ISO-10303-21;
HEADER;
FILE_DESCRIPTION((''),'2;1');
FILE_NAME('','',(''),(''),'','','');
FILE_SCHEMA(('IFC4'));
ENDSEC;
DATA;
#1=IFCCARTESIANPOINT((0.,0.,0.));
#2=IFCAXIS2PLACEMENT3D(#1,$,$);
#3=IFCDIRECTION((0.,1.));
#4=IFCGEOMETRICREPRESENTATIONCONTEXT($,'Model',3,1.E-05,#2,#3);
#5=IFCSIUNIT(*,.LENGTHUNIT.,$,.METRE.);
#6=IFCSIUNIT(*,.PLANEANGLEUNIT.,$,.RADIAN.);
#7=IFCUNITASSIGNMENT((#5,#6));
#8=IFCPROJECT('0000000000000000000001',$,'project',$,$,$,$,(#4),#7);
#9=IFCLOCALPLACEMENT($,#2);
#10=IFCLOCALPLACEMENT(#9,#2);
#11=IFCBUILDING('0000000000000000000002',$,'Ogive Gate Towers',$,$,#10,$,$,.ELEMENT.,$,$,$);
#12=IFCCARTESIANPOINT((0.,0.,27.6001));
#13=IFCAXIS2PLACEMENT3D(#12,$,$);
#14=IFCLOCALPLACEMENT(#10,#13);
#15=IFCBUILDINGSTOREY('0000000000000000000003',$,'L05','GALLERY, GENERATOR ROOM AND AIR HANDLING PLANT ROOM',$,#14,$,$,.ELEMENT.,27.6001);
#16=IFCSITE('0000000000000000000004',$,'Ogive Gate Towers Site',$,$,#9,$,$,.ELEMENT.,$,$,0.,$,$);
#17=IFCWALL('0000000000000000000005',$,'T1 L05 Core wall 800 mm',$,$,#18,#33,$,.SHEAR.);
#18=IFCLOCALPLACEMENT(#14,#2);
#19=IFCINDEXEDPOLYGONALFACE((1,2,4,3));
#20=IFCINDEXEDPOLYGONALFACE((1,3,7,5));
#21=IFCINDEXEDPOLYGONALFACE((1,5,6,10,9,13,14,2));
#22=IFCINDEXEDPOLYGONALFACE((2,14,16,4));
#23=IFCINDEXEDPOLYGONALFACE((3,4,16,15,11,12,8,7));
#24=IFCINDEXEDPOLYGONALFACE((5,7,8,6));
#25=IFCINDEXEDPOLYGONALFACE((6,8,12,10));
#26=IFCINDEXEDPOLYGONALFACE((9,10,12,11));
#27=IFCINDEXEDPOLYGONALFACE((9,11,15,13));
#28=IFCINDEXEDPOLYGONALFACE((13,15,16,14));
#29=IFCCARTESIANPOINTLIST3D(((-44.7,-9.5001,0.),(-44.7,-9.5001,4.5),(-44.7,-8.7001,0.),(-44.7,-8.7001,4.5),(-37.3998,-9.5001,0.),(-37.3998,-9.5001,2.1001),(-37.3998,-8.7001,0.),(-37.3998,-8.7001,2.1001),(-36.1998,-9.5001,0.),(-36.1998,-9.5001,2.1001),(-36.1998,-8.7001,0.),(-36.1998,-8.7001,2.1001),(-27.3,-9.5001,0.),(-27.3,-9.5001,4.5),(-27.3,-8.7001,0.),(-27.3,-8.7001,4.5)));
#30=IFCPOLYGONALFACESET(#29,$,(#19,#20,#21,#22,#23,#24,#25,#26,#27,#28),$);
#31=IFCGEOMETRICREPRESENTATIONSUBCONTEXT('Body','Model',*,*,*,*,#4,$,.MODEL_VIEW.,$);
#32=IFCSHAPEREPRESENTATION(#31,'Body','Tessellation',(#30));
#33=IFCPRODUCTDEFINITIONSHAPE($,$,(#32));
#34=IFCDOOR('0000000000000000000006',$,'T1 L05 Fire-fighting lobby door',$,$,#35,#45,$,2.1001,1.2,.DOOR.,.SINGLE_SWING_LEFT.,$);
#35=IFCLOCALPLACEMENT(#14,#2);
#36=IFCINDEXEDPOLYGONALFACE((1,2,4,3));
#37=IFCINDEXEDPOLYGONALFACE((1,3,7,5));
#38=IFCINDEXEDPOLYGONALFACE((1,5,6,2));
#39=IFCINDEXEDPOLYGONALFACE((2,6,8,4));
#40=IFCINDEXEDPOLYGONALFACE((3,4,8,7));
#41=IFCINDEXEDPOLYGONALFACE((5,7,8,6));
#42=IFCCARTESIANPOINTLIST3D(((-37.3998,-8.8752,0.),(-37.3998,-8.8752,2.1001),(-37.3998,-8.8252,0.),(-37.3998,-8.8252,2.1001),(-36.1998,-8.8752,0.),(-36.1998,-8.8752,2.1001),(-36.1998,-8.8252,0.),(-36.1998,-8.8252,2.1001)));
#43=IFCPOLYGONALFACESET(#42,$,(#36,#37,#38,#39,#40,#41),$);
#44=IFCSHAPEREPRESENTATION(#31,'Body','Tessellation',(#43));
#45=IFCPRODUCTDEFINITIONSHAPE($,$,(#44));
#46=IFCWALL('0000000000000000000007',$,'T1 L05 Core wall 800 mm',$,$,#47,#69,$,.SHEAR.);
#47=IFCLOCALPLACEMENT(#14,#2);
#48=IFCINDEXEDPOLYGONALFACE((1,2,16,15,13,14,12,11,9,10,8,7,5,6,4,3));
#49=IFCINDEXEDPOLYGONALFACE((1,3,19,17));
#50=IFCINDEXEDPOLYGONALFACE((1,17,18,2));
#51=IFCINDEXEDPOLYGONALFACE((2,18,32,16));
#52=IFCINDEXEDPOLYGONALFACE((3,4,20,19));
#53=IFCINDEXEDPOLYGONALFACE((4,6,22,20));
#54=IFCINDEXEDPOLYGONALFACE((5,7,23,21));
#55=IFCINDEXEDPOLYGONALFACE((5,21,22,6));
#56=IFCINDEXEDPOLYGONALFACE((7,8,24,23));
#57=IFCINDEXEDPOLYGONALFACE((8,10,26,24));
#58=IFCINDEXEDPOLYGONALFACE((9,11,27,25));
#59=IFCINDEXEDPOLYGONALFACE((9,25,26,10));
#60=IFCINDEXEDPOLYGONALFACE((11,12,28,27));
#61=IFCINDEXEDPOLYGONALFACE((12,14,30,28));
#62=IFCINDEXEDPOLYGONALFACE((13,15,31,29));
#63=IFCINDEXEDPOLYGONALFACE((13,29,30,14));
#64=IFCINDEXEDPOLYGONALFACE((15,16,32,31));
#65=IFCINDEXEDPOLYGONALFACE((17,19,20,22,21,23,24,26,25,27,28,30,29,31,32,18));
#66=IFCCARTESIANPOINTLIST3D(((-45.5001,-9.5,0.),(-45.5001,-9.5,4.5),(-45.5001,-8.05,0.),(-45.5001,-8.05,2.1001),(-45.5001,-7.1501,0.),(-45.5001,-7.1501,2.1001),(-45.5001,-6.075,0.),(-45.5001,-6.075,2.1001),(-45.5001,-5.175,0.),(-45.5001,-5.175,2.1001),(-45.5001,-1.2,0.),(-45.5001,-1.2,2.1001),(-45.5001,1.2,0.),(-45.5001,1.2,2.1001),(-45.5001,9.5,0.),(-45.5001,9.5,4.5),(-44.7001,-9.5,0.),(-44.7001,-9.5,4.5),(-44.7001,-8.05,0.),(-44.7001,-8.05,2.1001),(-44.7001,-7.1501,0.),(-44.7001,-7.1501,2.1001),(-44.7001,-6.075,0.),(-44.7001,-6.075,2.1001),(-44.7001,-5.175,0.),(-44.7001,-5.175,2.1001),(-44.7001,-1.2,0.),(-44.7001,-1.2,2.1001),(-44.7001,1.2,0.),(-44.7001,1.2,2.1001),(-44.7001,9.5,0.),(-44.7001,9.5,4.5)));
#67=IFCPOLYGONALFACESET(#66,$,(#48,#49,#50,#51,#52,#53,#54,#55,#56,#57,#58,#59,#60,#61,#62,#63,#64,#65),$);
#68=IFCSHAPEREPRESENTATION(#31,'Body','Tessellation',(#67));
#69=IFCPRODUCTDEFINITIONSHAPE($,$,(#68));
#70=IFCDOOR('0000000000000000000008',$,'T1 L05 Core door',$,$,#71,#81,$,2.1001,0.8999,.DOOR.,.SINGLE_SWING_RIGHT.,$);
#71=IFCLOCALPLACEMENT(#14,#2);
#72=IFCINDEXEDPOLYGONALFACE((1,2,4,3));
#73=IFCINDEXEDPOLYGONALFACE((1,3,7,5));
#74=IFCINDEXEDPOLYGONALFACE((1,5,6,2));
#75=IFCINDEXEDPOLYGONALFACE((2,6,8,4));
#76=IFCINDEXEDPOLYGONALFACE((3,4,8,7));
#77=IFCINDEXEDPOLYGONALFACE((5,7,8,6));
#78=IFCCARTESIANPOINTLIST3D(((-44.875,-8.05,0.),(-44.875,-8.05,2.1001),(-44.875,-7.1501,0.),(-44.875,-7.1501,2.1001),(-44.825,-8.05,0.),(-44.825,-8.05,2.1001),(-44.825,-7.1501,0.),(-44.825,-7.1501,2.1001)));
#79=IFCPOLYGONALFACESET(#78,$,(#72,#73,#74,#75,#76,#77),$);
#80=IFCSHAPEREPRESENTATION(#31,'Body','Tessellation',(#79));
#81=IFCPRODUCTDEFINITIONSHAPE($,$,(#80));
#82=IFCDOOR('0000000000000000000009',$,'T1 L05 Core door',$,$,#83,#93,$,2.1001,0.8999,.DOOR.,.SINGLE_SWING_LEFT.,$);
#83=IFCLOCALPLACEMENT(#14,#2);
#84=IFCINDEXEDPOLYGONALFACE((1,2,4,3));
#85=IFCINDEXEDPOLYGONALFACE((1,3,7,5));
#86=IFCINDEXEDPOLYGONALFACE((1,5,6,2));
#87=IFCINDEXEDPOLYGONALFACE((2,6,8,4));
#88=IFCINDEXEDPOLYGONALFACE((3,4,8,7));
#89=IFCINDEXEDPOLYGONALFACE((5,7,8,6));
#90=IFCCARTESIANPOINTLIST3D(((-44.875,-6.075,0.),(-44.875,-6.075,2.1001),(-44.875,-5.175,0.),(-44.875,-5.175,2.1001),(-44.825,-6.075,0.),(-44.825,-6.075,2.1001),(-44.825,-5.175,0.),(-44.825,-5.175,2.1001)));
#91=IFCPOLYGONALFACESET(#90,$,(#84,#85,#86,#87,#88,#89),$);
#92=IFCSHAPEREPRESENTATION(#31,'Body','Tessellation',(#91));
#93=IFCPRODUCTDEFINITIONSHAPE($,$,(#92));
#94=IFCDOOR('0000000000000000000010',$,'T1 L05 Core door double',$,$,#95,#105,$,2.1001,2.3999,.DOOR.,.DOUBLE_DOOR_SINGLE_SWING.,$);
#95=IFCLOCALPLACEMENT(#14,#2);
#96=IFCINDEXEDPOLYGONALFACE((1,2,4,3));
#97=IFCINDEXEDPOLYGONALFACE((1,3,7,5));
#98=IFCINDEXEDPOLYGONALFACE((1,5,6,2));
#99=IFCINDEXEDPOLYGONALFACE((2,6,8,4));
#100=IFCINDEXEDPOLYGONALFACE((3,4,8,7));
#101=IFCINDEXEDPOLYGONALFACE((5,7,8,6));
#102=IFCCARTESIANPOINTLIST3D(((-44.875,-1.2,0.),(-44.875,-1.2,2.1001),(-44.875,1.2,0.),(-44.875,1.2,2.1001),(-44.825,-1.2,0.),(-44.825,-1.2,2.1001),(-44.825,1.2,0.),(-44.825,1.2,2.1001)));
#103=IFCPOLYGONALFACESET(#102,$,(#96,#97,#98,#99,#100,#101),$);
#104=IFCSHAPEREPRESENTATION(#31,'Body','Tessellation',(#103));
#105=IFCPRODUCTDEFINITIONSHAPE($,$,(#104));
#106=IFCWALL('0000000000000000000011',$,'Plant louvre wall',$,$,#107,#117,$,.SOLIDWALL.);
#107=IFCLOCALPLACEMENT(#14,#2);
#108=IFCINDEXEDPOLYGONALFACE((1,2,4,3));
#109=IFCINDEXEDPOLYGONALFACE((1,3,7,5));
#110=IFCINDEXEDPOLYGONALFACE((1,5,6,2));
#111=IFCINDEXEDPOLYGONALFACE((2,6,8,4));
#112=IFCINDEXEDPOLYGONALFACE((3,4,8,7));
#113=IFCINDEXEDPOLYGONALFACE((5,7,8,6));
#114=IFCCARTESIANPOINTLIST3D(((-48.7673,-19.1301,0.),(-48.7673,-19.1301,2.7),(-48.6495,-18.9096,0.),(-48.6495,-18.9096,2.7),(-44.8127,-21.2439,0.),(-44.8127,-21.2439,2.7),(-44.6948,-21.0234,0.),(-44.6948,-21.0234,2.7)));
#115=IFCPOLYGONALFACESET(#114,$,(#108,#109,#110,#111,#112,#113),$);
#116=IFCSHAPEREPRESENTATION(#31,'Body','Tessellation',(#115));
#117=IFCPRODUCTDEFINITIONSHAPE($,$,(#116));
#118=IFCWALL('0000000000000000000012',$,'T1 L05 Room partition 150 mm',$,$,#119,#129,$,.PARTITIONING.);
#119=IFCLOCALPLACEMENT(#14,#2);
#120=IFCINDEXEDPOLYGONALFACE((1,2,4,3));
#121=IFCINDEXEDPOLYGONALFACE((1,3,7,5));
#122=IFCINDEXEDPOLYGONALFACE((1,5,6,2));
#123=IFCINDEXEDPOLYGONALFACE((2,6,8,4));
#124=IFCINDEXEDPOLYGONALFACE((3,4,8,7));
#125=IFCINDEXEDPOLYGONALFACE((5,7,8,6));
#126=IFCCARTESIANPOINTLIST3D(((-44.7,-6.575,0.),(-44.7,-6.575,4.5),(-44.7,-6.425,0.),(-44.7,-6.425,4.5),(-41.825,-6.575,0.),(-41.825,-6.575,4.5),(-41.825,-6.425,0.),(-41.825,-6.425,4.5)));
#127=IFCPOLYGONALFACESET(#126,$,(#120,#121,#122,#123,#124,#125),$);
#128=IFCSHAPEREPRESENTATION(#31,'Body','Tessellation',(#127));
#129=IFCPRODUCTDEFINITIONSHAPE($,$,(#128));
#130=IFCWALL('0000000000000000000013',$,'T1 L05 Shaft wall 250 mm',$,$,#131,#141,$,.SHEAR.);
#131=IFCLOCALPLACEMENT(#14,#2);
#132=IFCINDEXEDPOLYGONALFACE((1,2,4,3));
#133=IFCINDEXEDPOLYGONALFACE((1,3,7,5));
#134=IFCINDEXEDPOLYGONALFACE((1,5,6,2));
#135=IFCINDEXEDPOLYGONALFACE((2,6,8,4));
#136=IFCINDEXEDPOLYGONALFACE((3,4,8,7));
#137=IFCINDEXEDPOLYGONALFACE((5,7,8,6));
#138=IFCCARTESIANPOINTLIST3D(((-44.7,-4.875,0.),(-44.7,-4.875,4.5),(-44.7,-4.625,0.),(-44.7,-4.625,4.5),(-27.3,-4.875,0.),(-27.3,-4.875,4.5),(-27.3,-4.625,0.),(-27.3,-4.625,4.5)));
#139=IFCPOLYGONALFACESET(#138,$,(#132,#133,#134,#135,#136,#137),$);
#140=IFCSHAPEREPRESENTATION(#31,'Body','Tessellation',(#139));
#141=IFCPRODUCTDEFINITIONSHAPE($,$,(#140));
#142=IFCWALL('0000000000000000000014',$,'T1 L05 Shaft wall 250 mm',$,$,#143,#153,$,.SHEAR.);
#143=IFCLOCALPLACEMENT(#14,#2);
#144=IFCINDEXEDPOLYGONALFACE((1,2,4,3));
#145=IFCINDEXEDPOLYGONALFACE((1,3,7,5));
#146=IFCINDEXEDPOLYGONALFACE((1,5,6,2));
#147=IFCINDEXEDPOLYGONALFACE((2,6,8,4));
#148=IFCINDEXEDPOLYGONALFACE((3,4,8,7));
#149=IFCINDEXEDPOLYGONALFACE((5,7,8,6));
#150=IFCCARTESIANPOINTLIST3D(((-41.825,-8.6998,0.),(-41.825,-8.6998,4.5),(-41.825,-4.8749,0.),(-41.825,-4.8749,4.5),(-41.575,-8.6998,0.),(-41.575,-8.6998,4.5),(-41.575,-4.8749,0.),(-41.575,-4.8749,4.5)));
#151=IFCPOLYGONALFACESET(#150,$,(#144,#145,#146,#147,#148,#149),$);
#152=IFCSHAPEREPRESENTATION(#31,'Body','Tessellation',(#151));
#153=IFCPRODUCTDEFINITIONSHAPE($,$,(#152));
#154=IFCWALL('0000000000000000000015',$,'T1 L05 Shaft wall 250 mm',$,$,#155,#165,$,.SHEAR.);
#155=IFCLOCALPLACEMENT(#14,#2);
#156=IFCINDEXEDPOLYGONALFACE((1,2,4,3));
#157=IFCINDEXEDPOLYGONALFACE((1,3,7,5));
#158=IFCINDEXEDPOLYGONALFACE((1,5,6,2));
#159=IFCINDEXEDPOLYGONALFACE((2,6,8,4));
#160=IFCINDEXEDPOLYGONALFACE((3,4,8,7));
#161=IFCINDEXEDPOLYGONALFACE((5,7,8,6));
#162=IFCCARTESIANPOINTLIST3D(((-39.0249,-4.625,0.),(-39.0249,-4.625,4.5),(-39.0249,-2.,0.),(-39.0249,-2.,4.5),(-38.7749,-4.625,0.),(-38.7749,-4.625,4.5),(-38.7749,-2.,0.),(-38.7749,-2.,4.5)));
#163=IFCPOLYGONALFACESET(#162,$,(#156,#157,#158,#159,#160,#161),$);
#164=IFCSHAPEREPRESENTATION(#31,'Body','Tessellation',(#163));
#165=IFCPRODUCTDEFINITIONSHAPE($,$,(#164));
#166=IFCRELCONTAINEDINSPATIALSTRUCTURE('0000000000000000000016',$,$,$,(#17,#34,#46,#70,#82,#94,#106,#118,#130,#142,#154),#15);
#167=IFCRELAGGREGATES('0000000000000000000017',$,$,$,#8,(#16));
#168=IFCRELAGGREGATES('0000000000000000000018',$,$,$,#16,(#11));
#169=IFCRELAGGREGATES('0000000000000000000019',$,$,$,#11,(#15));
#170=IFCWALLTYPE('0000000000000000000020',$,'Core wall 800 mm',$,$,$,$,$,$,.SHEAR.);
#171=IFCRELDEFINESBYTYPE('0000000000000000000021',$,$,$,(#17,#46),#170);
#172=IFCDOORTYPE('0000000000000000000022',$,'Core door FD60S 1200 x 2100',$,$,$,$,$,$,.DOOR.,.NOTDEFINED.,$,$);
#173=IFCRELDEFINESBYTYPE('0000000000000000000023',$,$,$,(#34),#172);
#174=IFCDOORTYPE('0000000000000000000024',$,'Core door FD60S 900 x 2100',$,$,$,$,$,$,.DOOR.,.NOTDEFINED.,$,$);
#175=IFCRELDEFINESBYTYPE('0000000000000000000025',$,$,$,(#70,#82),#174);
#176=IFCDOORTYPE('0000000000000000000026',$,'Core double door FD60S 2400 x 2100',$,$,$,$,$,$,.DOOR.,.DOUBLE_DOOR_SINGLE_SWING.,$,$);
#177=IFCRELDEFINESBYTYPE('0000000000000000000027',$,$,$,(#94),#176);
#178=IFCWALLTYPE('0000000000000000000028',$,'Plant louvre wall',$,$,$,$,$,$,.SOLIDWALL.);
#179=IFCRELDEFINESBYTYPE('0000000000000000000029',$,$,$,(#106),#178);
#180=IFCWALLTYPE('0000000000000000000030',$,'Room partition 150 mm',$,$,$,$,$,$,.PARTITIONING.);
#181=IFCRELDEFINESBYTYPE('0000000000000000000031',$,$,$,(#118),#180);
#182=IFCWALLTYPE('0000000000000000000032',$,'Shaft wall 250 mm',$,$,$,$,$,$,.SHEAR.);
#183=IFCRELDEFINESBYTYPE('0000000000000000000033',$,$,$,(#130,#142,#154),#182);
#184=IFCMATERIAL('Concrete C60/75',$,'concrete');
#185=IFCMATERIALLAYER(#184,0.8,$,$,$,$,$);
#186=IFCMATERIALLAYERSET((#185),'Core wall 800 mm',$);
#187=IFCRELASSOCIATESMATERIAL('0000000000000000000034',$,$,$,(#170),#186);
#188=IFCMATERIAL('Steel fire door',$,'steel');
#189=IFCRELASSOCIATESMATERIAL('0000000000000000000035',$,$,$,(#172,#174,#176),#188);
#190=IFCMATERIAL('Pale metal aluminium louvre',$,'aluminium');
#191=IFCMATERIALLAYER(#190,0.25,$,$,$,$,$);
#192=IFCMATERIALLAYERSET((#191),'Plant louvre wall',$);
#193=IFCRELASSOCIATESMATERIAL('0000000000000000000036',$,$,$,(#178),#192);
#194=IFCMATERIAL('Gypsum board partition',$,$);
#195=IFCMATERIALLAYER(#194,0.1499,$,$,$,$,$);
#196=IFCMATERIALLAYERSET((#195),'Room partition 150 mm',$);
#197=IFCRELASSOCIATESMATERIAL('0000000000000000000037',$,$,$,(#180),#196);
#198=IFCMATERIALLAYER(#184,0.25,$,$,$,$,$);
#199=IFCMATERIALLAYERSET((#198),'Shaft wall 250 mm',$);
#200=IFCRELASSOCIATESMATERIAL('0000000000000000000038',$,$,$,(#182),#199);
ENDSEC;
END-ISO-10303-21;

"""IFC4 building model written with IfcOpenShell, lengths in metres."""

from ifc_helpers import new_model, si_unit, direction, frame, frame_2d, origin, place, context, subcontext, project, spatial, rectangle, extrude, material, layer, layer_set, type_object, element, fill, save


model = new_model("IFC4")

# Units and contexts
model_context = context("Model", 3, precision=1e-05, world=origin(), true_north=direction((0.0, 1.0)))
body_context = subcontext(model_context, "Body", "Model", "MODEL_VIEW")
ifc_project = project(units=[si_unit("LENGTHUNIT", "METRE"), si_unit("PLANEANGLEUNIT", "RADIAN")], contexts=[model_context])

# Site, building, storey
site_placement = place(None, origin())
site = spatial("IfcSite", under=ifc_project, at=site_placement, Name="Ogive Gate Towers Site", CompositionType="ELEMENT", RefElevation=0.0)
building_placement = place(site_placement, origin())
building = spatial("IfcBuilding", under=site, at=building_placement, Name="Ogive Gate Towers", CompositionType="ELEMENT")
storey_placement = place(building_placement, frame((0.0, 0.0, 27.6001)))
storey = spatial("IfcBuildingStorey", under=building, at=storey_placement, Name="L05", Description="GALLERY, GENERATOR ROOM AND AIR HANDLING PLANT ROOM", CompositionType="ELEMENT", Elevation=27.6001)

# Wall, opening, door
ifc_material_1 = material(Name="Steel fire door", Category="steel")
ifc_material_2 = material(Name="Concrete C60/75", Category="concrete")
ifc_layer_1 = layer(ifc_material_2, 0.8)
ifc_layer_set_1 = layer_set([ifc_layer_1], Name="Core wall 800 mm")
wall_type_1 = type_object("IfcWallType", Name="Core wall 800 mm", PredefinedType="SHEAR", material=ifc_layer_set_1)
wall_1_placement = place(storey_placement, frame((-44.7, -9.1001, 0.0), z_axis=(0.0, 0.0, 1.0), x_axis=(1.0, 0.0, 0.0)))
wall_1 = element("IfcWall", 1, at=wall_1_placement, inside=storey, type_object=wall_type_1, Name="T1 L05 Core wall 800 mm", PredefinedType="SHEAR", context=body_context, shape_type="SweptSolid", body=[
    extrude(rectangle(XDim=17.3999, YDim=0.8, at=frame_2d((8.7, 0.0))), origin(), (0.0, 0.0, 1.0), 4.5),
])
opening_1_placement = place(wall_1_placement, frame((7.3, 0.0, 0.0)))
opening_1 = element("IfcOpeningElement", 2, at=opening_1_placement, cuts=wall_1, PredefinedType="OPENING", context=body_context, shape_type="SweptSolid", body=[
    extrude(rectangle(XDim=1.2, YDim=2.1001, at=frame_2d((0.6001, 1.05))), frame((0.0, 0.4102, 0.0), z_axis=(0.0, -1.0, 0.0), x_axis=(1.0, 0.0, 0.0)), (0.0, 0.0, 1.0), 0.8201),
])
door_type_1 = type_object("IfcDoorType", Name="Core door FD60S 1200 x 2100", OperationType="NOTDEFINED", PredefinedType="DOOR", material=ifc_material_1)
door_1_placement = place(opening_1_placement, origin())
door_1 = element("IfcDoor", 3, at=door_1_placement, inside=storey, type_object=door_type_1, Name="T1 L05 Fire-fighting lobby door", OperationType="SINGLE_SWING_LEFT", OverallHeight=2.1001, OverallWidth=1.2, PredefinedType="DOOR", context=body_context, shape_type="SweptSolid", body=[
    extrude(rectangle(XDim=1.2, YDim=2.1001, at=frame_2d((0.6001, 1.05))), frame((0.0, 0.2749, 0.0), z_axis=(0.0, -1.0, 0.0), x_axis=(1.0, 0.0, 0.0)), (0.0, 0.0, 1.0), 0.05),
])
fill(opening_1, door_1)

# Wall, openings, doors
wall_2_placement = place(storey_placement, frame((-45.1001, -9.5, 0.0), z_axis=(0.0, 0.0, 1.0), x_axis=(0.0, 1.0, 0.0)))
wall_2 = element("IfcWall", 4, at=wall_2_placement, inside=storey, type_object=wall_type_1, Name="T1 L05 Core wall 800 mm", PredefinedType="SHEAR", context=body_context, shape_type="SweptSolid", body=[
    extrude(rectangle(XDim=19.0, YDim=0.8, at=frame_2d((9.5, 0.0))), origin(), (0.0, 0.0, 1.0), 4.5),
])
opening_2_placement = place(wall_2_placement, frame((8.3, 0.0, 0.0)))
opening_2 = element("IfcOpeningElement", 5, at=opening_2_placement, cuts=wall_2, PredefinedType="OPENING", context=body_context, shape_type="SweptSolid", body=[
    extrude(rectangle(XDim=2.3999, YDim=2.1001, at=frame_2d((1.2, 1.05))), frame((0.0, 0.4102, 0.0), z_axis=(0.0, -1.0, 0.0), x_axis=(1.0, 0.0, 0.0)), (0.0, 0.0, 1.0), 0.8201),
])
opening_3_placement = place(wall_2_placement, frame((1.45, 0.0, 0.0)))
opening_3 = element("IfcOpeningElement", 6, at=opening_3_placement, cuts=wall_2, PredefinedType="OPENING", context=body_context, shape_type="SweptSolid", body=[
    extrude(rectangle(XDim=0.8999, YDim=2.1001, at=frame_2d((0.45, 1.05))), frame((0.0, 0.4102, 0.0), z_axis=(0.0, -1.0, 0.0), x_axis=(1.0, 0.0, 0.0)), (0.0, 0.0, 1.0), 0.8201),
])
opening_4_placement = place(wall_2_placement, frame((3.425, 0.0, 0.0)))
opening_4 = element("IfcOpeningElement", 7, at=opening_4_placement, cuts=wall_2, PredefinedType="OPENING", context=body_context, shape_type="SweptSolid", body=[
    extrude(rectangle(XDim=0.8999, YDim=2.1001, at=frame_2d((0.45, 1.05))), frame((0.0, 0.4102, 0.0), z_axis=(0.0, -1.0, 0.0), x_axis=(1.0, 0.0, 0.0)), (0.0, 0.0, 1.0), 0.8201),
])
door_type_2 = type_object("IfcDoorType", Name="Core door FD60S 900 x 2100", OperationType="NOTDEFINED", PredefinedType="DOOR", material=ifc_material_1)
door_2_placement = place(opening_3_placement, origin())
door_2 = element("IfcDoor", 8, at=door_2_placement, inside=storey, type_object=door_type_2, Name="T1 L05 Core door", OperationType="SINGLE_SWING_RIGHT", OverallHeight=2.1001, OverallWidth=0.8999, PredefinedType="DOOR", context=body_context, shape_type="SweptSolid", body=[
    extrude(rectangle(XDim=0.8999, YDim=2.1001, at=frame_2d((0.45, 1.05))), frame((0.0, -0.2251, 0.0), z_axis=(0.0, -1.0, 0.0), x_axis=(1.0, 0.0, 0.0)), (0.0, 0.0, 1.0), 0.05),
])
fill(opening_3, door_2)
door_3_placement = place(opening_4_placement, origin())
door_3 = element("IfcDoor", 9, at=door_3_placement, inside=storey, type_object=door_type_2, Name="T1 L05 Core door", OperationType="SINGLE_SWING_LEFT", OverallHeight=2.1001, OverallWidth=0.8999, PredefinedType="DOOR", context=body_context, shape_type="SweptSolid", body=[
    extrude(rectangle(XDim=0.8999, YDim=2.1001, at=frame_2d((0.45, 1.05))), frame((0.0, -0.2251, 0.0), z_axis=(0.0, -1.0, 0.0), x_axis=(1.0, 0.0, 0.0)), (0.0, 0.0, 1.0), 0.05),
])
fill(opening_4, door_3)
door_type_3 = type_object("IfcDoorType", Name="Core double door FD60S 2400 x 2100", OperationType="DOUBLE_DOOR_SINGLE_SWING", PredefinedType="DOOR", material=ifc_material_1)
door_4_placement = place(opening_2_placement, origin())
door_4 = element("IfcDoor", 10, at=door_4_placement, inside=storey, type_object=door_type_3, Name="T1 L05 Core door double", OperationType="DOUBLE_DOOR_SINGLE_SWING", OverallHeight=2.1001, OverallWidth=2.3999, PredefinedType="DOOR", context=body_context, shape_type="SweptSolid", body=[
    extrude(rectangle(XDim=2.3999, YDim=2.1001, at=frame_2d((1.2, 1.05))), frame((0.0, -0.2251, 0.0), z_axis=(0.0, -1.0, 0.0), x_axis=(1.0, 0.0, 0.0)), (0.0, 0.0, 1.0), 0.05),
])
fill(opening_2, door_4)

# Walls
ifc_material_3 = material(Name="Pale metal aluminium louvre", Category="aluminium")
ifc_layer_2 = layer(ifc_material_3, 0.25)
ifc_layer_set_2 = layer_set([ifc_layer_2], Name="Plant louvre wall")
wall_type_2 = type_object("IfcWallType", Name="Plant louvre wall", PredefinedType="SOLIDWALL", material=ifc_layer_set_2)
wall_3_placement = place(storey_placement, frame((-48.7085, -19.0198, 0.0), z_axis=(0.0, 0.0, 1.0), x_axis=(0.881922, -0.471396, 0.0)))
element("IfcWall", 11, at=wall_3_placement, inside=storey, type_object=wall_type_2, Name="Plant louvre wall", PredefinedType="SOLIDWALL", context=body_context, shape_type="SweptSolid", body=[
    extrude(rectangle(XDim=4.4841, YDim=0.25, at=frame_2d((2.2422, 0.0))), origin(), (0.0, 0.0, 1.0), 2.7),
])
ifc_material_4 = material(Name="Gypsum board partition")
ifc_layer_3 = layer(ifc_material_4, 0.1499)
ifc_layer_set_3 = layer_set([ifc_layer_3], Name="Room partition 150 mm")
wall_type_3 = type_object("IfcWallType", Name="Room partition 150 mm", PredefinedType="PARTITIONING", material=ifc_layer_set_3)
wall_4_placement = place(storey_placement, frame((-44.7, -6.5, 0.0), z_axis=(0.0, 0.0, 1.0), x_axis=(1.0, 0.0, 0.0)))
element("IfcWall", 12, at=wall_4_placement, inside=storey, type_object=wall_type_3, Name="T1 L05 Room partition 150 mm", PredefinedType="PARTITIONING", context=body_context, shape_type="SweptSolid", body=[
    extrude(rectangle(XDim=2.875, YDim=0.1499, at=frame_2d((1.4375, 0.0))), origin(), (0.0, 0.0, 1.0), 4.5),
])
ifc_layer_4 = layer(ifc_material_2, 0.25)
ifc_layer_set_4 = layer_set([ifc_layer_4], Name="Shaft wall 250 mm")
wall_type_4 = type_object("IfcWallType", Name="Shaft wall 250 mm", PredefinedType="SHEAR", material=ifc_layer_set_4)
wall_5_placement = place(storey_placement, frame((-44.7, -4.75, 0.0), z_axis=(0.0, 0.0, 1.0), x_axis=(1.0, 0.0, 0.0)))
element("IfcWall", 13, at=wall_5_placement, inside=storey, type_object=wall_type_4, Name="T1 L05 Shaft wall 250 mm", PredefinedType="SHEAR", context=body_context, shape_type="SweptSolid", body=[
    extrude(rectangle(XDim=17.3999, YDim=0.25, at=frame_2d((8.7, 0.0))), origin(), (0.0, 0.0, 1.0), 4.5),
])
wall_6_placement = place(storey_placement, frame((-41.7, -8.7, 0.0), z_axis=(0.0, 0.0, 1.0), x_axis=(0.0, 1.0, 0.0)))
element("IfcWall", 14, at=wall_6_placement, inside=storey, type_object=wall_type_4, Name="T1 L05 Shaft wall 250 mm", PredefinedType="SHEAR", context=body_context, shape_type="SweptSolid", body=[
    extrude(rectangle(XDim=3.825, YDim=0.25, at=frame_2d((1.9126, 0.0))), origin(), (0.0, 0.0, 1.0), 4.5),
])
wall_7_placement = place(storey_placement, frame((-38.8999, -4.625, 0.0), z_axis=(0.0, 0.0, 1.0), x_axis=(0.0, 1.0, 0.0)))
element("IfcWall", 15, at=wall_7_placement, inside=storey, type_object=wall_type_4, Name="T1 L05 Shaft wall 250 mm", PredefinedType="SHEAR", context=body_context, shape_type="SweptSolid", body=[
    extrude(rectangle(XDim=2.625, YDim=0.25, at=frame_2d((1.3125, 0.0))), origin(), (0.0, 0.0, 1.0), 4.5),
])

save(model, "model.ifc")
